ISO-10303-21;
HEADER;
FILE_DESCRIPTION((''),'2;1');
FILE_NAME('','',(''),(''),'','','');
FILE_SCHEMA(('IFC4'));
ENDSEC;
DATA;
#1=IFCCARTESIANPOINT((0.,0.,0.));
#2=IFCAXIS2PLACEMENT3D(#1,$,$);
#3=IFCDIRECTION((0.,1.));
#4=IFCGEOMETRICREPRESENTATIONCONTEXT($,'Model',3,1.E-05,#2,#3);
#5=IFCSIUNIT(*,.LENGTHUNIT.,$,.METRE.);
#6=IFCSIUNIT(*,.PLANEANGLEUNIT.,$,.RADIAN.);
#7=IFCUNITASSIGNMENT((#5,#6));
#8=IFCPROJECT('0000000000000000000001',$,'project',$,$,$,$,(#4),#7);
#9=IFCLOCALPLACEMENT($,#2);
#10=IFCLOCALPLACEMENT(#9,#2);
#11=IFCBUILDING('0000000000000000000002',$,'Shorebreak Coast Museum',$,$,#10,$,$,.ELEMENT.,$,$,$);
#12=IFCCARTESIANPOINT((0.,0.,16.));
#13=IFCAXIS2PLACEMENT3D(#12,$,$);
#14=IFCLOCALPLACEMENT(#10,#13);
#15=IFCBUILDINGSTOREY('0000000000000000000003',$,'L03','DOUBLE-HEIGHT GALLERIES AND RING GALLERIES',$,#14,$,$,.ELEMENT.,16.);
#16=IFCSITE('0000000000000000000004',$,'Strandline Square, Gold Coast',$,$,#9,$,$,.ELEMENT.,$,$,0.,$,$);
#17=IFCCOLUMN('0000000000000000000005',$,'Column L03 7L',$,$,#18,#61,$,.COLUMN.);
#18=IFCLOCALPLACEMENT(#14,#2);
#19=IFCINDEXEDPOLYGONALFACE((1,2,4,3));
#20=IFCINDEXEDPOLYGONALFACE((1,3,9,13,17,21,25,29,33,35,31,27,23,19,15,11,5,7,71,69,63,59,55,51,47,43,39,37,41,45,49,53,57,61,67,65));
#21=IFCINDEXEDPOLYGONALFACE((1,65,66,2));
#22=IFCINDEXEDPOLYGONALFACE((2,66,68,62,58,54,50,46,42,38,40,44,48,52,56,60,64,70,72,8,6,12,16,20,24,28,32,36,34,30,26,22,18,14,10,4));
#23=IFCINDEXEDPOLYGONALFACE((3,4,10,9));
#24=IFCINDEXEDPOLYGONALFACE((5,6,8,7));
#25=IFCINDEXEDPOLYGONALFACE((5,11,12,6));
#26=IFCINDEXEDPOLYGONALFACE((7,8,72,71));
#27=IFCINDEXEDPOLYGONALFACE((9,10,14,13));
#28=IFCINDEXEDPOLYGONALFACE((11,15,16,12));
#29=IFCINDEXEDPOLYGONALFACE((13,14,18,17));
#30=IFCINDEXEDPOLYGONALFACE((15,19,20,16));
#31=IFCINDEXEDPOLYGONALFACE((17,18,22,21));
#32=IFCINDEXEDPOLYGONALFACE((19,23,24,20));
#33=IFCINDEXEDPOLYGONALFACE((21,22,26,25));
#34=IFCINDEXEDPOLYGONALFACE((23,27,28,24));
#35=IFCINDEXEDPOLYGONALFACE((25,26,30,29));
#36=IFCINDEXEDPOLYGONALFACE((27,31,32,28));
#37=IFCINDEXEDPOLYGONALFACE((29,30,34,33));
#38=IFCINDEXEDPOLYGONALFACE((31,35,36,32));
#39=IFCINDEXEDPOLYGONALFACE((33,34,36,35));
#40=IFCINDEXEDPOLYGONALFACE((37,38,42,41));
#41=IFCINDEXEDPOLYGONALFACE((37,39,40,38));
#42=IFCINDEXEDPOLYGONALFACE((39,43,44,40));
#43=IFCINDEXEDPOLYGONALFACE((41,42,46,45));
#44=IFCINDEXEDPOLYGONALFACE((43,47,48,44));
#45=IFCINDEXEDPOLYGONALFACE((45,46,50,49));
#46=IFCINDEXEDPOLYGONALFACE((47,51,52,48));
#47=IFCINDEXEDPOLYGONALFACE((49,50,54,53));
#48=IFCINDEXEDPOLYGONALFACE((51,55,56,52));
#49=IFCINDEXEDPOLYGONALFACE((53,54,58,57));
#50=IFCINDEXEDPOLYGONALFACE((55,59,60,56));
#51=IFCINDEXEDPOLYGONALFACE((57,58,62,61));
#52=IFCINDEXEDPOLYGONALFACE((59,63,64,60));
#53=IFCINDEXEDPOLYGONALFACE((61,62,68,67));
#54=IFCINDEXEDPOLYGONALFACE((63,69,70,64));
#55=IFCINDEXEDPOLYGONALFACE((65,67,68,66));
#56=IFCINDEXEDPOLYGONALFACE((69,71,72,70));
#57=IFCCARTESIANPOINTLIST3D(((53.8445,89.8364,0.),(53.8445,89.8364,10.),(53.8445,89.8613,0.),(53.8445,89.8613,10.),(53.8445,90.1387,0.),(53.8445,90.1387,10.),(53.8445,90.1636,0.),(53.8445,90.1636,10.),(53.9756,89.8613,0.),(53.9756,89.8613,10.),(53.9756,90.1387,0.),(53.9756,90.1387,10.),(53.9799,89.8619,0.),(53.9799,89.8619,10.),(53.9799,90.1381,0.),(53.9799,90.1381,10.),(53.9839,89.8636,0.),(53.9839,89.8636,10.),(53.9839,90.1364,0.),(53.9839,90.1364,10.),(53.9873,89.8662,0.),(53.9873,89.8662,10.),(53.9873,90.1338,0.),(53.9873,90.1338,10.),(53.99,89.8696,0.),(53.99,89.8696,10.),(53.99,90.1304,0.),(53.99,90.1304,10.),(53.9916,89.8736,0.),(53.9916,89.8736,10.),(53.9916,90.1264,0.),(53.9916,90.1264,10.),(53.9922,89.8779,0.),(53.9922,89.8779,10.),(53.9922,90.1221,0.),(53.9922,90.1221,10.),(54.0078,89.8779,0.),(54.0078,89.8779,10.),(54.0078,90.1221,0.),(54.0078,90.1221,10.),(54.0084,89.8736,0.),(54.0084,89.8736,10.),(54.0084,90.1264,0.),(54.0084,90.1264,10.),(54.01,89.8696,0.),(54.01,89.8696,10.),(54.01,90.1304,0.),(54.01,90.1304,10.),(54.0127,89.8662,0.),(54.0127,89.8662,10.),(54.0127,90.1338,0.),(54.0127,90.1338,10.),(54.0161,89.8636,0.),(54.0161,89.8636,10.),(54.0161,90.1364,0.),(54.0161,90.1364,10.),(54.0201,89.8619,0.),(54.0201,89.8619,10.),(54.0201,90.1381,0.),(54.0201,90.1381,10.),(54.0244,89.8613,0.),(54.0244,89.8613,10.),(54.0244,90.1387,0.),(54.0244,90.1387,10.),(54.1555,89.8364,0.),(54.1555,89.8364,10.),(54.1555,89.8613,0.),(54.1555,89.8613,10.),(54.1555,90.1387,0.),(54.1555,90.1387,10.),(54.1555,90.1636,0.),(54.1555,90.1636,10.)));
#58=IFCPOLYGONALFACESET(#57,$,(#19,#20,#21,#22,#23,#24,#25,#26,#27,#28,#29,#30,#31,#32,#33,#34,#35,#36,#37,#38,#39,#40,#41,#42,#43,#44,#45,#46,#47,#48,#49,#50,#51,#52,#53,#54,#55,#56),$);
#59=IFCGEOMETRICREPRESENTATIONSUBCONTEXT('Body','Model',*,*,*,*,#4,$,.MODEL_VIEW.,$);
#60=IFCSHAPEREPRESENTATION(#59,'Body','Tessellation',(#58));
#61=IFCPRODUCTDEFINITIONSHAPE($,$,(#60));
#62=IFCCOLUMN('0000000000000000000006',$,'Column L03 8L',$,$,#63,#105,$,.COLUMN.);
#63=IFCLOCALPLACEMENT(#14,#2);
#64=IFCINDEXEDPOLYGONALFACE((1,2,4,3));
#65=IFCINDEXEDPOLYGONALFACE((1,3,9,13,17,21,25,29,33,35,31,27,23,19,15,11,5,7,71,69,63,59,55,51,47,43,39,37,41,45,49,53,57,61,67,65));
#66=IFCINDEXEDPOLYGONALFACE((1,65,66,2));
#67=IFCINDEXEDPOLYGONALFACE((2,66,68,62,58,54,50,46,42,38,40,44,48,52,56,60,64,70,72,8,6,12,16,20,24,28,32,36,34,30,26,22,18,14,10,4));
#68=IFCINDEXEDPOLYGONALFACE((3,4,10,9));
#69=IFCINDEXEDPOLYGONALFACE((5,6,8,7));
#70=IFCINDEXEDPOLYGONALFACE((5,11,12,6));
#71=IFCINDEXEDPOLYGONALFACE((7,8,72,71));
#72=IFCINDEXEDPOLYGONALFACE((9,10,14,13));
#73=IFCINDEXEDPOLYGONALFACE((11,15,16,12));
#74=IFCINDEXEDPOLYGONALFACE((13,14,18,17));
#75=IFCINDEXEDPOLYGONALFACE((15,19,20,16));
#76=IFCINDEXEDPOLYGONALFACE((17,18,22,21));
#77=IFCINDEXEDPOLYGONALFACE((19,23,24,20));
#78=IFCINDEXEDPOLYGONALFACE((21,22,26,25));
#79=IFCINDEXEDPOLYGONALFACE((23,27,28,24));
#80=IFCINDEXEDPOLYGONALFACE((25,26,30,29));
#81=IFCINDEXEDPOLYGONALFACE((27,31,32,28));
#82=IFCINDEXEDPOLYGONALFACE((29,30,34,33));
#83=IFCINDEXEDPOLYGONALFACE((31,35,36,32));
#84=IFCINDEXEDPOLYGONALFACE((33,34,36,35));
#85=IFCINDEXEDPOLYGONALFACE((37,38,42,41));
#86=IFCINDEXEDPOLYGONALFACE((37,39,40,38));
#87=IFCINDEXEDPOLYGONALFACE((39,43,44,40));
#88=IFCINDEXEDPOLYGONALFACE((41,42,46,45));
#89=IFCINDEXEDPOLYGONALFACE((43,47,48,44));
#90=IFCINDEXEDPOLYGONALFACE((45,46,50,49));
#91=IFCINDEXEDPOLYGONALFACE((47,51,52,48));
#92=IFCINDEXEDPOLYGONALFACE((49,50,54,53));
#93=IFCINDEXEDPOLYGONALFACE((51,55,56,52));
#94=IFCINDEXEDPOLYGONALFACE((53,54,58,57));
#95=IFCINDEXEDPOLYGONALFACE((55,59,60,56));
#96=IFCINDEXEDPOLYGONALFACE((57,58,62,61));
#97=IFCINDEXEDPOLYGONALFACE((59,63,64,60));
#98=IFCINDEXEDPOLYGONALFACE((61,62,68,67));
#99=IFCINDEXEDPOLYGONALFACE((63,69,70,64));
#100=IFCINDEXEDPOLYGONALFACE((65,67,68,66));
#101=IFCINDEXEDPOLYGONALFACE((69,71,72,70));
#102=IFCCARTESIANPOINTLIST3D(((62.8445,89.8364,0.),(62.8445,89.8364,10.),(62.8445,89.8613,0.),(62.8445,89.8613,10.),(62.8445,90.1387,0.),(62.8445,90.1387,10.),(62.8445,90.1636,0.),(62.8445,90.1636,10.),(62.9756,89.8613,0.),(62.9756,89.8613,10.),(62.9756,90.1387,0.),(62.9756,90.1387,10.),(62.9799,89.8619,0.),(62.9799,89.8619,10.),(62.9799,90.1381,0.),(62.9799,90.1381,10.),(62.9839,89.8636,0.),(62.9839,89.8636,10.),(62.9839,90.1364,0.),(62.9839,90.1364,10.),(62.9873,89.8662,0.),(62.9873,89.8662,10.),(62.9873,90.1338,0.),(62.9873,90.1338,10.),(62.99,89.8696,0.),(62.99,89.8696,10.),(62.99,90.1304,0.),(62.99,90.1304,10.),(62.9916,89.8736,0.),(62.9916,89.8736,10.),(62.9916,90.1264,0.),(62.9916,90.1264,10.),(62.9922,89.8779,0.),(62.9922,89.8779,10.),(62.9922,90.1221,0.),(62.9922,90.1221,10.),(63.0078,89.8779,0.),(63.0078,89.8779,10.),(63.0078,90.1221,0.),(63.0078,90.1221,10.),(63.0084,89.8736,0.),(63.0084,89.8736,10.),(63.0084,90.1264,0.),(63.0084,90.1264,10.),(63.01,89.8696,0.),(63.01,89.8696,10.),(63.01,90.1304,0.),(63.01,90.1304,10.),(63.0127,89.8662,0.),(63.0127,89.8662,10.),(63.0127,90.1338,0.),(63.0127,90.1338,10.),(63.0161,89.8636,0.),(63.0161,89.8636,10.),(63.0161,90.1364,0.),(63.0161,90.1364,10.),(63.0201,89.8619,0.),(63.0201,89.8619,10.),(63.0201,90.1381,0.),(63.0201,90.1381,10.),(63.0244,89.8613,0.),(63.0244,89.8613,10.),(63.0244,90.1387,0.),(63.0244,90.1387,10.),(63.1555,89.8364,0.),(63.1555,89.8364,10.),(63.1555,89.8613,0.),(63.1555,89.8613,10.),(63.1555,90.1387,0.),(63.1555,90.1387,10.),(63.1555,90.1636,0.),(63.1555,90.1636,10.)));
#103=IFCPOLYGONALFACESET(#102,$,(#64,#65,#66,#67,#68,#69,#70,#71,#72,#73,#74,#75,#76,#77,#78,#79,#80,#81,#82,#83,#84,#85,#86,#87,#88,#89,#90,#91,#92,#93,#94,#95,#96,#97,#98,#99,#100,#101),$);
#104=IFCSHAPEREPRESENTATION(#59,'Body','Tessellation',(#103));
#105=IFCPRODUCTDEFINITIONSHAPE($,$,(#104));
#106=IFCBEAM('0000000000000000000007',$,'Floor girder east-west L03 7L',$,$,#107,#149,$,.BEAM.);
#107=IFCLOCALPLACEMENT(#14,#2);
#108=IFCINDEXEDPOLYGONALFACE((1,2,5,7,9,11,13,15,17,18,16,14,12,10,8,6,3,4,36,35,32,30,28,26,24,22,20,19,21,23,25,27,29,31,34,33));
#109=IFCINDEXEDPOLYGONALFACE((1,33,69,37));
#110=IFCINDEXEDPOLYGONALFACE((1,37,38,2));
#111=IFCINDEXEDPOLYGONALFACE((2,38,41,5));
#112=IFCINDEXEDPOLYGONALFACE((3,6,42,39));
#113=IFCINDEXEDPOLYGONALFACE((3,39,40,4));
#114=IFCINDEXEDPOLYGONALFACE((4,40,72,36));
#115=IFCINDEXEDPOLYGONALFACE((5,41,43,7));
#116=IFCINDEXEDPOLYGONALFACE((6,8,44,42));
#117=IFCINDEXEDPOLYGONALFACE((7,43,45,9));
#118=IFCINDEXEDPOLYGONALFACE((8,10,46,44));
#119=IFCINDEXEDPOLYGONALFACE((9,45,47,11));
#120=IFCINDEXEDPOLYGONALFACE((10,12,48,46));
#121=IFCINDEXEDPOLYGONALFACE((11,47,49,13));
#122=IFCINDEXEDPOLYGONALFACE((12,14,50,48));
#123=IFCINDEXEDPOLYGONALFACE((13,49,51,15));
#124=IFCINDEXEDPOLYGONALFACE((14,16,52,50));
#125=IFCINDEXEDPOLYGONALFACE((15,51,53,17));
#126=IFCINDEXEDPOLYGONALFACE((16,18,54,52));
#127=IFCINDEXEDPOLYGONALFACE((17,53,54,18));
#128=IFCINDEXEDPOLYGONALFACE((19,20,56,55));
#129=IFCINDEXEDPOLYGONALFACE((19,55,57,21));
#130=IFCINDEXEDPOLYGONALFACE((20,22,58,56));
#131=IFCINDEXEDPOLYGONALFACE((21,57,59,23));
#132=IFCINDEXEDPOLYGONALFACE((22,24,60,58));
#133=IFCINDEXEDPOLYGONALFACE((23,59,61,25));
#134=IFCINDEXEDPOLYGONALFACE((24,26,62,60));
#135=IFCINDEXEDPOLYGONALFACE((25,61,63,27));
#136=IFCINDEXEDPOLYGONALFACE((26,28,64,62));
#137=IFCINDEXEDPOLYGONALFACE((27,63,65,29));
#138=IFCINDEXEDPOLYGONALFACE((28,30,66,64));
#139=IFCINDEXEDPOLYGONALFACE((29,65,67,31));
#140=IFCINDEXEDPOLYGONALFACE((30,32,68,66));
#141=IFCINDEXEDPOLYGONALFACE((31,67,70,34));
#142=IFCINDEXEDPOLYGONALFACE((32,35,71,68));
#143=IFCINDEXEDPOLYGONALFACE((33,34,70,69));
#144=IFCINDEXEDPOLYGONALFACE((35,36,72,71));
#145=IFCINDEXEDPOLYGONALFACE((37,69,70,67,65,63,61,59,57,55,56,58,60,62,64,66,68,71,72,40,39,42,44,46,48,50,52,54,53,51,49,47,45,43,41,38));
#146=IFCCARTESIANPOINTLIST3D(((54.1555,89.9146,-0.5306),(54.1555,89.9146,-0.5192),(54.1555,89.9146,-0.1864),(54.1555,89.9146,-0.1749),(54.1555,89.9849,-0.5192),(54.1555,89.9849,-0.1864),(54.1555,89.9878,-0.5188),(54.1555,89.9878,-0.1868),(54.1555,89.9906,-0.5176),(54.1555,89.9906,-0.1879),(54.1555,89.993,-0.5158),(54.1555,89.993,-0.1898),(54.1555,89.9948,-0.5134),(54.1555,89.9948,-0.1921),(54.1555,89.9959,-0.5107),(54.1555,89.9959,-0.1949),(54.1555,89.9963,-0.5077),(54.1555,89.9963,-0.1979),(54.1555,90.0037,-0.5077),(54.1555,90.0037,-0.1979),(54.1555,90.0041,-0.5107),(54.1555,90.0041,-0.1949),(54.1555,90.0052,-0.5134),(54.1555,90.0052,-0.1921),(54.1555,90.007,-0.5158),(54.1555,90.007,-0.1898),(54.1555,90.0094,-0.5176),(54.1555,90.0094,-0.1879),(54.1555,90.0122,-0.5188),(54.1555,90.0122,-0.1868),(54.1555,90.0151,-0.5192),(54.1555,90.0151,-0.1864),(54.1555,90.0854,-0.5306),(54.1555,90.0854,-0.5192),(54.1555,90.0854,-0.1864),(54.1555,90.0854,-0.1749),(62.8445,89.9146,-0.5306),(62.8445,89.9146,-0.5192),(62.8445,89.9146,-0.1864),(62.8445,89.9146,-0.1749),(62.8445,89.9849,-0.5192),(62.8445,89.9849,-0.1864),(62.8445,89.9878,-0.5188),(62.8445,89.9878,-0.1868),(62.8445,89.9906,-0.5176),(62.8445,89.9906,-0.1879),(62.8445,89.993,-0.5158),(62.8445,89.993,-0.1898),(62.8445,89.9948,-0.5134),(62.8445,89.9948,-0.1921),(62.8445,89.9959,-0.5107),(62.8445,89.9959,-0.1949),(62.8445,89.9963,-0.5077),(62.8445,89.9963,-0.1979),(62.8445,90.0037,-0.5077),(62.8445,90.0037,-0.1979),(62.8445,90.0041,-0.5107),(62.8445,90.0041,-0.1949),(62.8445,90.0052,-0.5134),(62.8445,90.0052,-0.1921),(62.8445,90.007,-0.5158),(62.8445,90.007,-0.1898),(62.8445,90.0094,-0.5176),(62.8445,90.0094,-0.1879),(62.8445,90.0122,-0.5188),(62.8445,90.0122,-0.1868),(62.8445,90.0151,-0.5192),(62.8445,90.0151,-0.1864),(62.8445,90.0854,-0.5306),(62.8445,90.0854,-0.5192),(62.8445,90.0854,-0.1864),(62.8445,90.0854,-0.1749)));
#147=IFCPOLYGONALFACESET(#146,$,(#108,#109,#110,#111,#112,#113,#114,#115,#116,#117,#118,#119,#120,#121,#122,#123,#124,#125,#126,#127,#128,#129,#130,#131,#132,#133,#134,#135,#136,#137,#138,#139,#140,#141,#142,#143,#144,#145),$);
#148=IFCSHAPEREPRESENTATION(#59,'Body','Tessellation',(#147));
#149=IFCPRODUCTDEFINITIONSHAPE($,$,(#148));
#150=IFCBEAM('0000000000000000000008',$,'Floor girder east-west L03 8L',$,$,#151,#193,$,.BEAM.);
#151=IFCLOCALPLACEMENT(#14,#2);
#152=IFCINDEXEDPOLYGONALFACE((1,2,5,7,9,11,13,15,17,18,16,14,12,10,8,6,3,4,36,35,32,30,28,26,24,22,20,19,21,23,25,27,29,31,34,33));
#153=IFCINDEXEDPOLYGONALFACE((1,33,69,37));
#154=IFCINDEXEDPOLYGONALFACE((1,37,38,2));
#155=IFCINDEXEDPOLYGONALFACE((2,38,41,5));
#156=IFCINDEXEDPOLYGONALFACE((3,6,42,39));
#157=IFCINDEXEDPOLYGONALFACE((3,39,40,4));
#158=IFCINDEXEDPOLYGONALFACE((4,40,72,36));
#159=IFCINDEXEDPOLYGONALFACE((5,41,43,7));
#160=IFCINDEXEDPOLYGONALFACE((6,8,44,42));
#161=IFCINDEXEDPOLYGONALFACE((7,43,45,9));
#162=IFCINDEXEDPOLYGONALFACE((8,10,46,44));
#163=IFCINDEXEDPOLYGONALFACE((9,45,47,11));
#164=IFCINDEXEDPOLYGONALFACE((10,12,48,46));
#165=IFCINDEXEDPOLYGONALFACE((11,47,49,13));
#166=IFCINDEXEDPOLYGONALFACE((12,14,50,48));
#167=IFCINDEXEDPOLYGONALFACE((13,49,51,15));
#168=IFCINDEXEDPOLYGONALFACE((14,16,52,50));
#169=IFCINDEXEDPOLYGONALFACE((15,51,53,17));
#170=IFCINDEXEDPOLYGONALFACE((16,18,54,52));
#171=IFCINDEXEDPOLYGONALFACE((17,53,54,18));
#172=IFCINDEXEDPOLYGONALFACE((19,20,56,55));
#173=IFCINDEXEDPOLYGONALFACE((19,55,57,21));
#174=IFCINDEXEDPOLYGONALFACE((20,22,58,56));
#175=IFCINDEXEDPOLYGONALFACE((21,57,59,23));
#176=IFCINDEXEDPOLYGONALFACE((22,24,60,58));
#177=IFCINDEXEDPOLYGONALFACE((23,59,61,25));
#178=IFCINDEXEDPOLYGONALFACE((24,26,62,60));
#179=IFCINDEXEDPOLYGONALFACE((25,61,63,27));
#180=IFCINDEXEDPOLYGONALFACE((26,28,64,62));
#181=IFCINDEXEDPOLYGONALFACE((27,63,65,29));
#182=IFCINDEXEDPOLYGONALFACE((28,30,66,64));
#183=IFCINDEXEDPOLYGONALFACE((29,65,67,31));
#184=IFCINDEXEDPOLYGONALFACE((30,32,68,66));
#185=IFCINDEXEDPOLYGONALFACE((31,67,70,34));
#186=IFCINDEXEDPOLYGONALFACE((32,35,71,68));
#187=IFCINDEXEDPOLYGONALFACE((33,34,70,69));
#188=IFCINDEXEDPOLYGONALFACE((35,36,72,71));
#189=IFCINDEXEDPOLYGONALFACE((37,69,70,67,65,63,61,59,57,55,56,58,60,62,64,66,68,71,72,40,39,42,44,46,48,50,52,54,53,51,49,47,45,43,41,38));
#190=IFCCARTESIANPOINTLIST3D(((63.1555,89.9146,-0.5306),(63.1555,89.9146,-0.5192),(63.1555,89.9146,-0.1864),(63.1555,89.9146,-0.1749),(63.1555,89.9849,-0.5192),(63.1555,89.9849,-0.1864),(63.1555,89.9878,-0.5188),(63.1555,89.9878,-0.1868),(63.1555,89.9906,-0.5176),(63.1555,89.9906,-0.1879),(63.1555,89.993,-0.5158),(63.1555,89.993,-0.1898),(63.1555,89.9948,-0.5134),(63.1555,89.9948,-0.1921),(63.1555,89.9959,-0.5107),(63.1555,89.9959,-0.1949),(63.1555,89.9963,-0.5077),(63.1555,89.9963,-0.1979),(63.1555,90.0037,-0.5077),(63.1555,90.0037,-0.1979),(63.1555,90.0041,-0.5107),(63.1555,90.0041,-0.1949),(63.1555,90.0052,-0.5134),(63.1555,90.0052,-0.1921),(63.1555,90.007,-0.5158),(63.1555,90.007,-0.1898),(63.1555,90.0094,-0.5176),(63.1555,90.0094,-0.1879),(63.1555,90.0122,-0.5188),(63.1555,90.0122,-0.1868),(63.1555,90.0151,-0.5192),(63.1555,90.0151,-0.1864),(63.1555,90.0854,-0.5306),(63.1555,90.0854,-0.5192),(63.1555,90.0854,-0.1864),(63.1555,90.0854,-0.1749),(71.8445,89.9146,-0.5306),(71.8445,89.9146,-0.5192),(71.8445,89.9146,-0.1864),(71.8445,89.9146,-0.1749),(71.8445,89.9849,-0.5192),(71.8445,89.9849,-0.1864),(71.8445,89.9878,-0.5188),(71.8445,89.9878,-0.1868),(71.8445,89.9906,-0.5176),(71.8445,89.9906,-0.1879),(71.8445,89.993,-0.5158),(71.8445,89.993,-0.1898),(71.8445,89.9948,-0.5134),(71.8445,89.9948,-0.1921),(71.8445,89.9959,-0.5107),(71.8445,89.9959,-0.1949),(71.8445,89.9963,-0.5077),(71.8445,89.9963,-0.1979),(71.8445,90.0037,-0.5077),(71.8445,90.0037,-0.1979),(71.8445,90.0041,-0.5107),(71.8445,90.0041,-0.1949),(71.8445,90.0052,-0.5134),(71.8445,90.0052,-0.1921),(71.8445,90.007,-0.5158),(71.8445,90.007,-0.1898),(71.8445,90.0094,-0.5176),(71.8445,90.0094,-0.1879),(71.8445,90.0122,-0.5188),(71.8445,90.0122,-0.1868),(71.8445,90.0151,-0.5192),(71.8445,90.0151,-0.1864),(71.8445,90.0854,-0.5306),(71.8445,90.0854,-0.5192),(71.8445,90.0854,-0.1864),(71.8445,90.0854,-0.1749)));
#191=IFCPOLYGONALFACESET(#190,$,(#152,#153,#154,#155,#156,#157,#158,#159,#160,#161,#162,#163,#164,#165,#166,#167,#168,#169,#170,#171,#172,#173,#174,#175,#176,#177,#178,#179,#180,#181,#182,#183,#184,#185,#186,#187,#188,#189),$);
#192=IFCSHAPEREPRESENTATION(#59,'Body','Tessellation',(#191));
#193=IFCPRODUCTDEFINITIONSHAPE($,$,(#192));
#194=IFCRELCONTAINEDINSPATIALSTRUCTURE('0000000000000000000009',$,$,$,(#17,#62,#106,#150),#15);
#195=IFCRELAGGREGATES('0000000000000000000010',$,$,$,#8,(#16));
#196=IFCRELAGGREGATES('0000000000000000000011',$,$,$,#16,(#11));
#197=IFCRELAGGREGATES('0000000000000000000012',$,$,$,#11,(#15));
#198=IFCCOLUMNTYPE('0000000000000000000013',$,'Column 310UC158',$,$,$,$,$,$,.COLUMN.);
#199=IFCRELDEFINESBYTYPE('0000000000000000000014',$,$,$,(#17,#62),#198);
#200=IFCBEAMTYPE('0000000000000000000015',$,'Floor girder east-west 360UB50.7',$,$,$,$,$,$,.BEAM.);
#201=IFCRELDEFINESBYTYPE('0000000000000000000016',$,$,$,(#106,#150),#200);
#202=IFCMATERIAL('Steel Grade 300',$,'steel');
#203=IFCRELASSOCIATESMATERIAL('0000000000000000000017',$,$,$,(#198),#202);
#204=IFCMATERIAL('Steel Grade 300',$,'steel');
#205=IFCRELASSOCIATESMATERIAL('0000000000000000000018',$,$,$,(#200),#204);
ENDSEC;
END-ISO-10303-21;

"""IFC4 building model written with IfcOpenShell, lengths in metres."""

from ifc_helpers import new_model, si_unit, direction, frame, origin, origin_2d, place, context, subcontext, project, spatial, i_section, extrude, material, material_profile, profile_set, type_object, element, save


model = new_model("IFC4")

# Units and contexts
model_context = context("Model", 3, precision=1e-05, world=origin(), true_north=direction((0.0, 1.0)))
body_context = subcontext(model_context, "Body", "Model", "MODEL_VIEW")
ifc_project = project(units=[si_unit("LENGTHUNIT", "METRE"), si_unit("PLANEANGLEUNIT", "RADIAN")], contexts=[model_context])

# Site, building, storey
site_placement = place(None, origin())
site = spatial("IfcSite", under=ifc_project, at=site_placement, Name="Strandline Square, Gold Coast", CompositionType="ELEMENT", RefElevation=0.0)
building_placement = place(site_placement, origin())
building = spatial("IfcBuilding", under=site, at=building_placement, Name="Shorebreak Coast Museum", CompositionType="ELEMENT")
storey_placement = place(building_placement, frame((0.0, 0.0, 16.0)))
storey = spatial("IfcBuildingStorey", under=building, at=storey_placement, Name="L03", Description="DOUBLE-HEIGHT GALLERIES AND RING GALLERIES", CompositionType="ELEMENT", Elevation=16.0)

# Columns
ifc_material_1 = material(Name="Steel Grade 300", Category="steel")
ifc_material_profile_1 = material_profile(ifc_material_1, i_section(OverallWidth=0.311, OverallDepth=0.3271, WebThickness=0.0156, FlangeThickness=0.0249, FilletRadius=0.0166, at=origin_2d()), Name="310UC158")
ifc_profile_set_1 = profile_set([ifc_material_profile_1], Name="Steel Grade 300")
column_type = type_object("IfcColumnType", Name="Column 310UC158", PredefinedType="COLUMN", material=ifc_profile_set_1)
for number, where, z_axis, x_axis, name in (
    (1, (54.0, 90.0, 0.0), (0.0, 0.0, 1.0), (1.0, 0.0, 0.0), "Column L03 7L"),
    (2, (63.0, 90.0, 0.0), (0.0, 0.0, 1.0), (1.0, 0.0, 0.0), "Column L03 8L"),
):
    element("IfcColumn", number, at=place(storey_placement, frame(where, z_axis=z_axis, x_axis=x_axis)), inside=storey, type_object=column_type, Name=name, PredefinedType="COLUMN", context=body_context, shape_type="SweptSolid", body=[
        extrude(i_section(OverallWidth=0.311, OverallDepth=0.3271, WebThickness=0.0156, FlangeThickness=0.0249, FilletRadius=0.0166, at=origin_2d()), origin(), (0.0, 0.0, 1.0), 10.0),
    ])

# Beams
ifc_material_2 = material(Name="Steel Grade 300", Category="steel")
ifc_material_profile_2 = material_profile(ifc_material_2, i_section(OverallWidth=0.1709, OverallDepth=0.3557, WebThickness=0.0073, FlangeThickness=0.0115, FilletRadius=0.0115, at=origin_2d()), Name="360UB50.7")
ifc_profile_set_2 = profile_set([ifc_material_profile_2], Name="Steel Grade 300")
beam_type_1 = type_object("IfcBeamType", Name="Floor girder east-west 360UB50.7", PredefinedType="BEAM", material=ifc_profile_set_2)
for number, where, z_axis, x_axis, name in (
    (3, (54.1555, 90.0, -0.3528), (1.0, 0.0, 0.0), (0.0, 1.0, 0.0), "Floor girder east-west L03 7L"),
    (4, (63.1555, 90.0, -0.3528), (1.0, 0.0, 0.0), (0.0, 1.0, 0.0), "Floor girder east-west L03 8L"),
):
    element("IfcBeam", number, at=place(storey_placement, frame(where, z_axis=z_axis, x_axis=x_axis)), inside=storey, type_object=beam_type_1, Name=name, PredefinedType="BEAM", context=body_context, shape_type="SweptSolid", body=[
        extrude(i_section(OverallWidth=0.1709, OverallDepth=0.3557, WebThickness=0.0073, FlangeThickness=0.0115, FilletRadius=0.0115, at=origin_2d()), origin(), (0.0, 0.0, 1.0), 8.689),
    ])

save(model, "model.ifc")
